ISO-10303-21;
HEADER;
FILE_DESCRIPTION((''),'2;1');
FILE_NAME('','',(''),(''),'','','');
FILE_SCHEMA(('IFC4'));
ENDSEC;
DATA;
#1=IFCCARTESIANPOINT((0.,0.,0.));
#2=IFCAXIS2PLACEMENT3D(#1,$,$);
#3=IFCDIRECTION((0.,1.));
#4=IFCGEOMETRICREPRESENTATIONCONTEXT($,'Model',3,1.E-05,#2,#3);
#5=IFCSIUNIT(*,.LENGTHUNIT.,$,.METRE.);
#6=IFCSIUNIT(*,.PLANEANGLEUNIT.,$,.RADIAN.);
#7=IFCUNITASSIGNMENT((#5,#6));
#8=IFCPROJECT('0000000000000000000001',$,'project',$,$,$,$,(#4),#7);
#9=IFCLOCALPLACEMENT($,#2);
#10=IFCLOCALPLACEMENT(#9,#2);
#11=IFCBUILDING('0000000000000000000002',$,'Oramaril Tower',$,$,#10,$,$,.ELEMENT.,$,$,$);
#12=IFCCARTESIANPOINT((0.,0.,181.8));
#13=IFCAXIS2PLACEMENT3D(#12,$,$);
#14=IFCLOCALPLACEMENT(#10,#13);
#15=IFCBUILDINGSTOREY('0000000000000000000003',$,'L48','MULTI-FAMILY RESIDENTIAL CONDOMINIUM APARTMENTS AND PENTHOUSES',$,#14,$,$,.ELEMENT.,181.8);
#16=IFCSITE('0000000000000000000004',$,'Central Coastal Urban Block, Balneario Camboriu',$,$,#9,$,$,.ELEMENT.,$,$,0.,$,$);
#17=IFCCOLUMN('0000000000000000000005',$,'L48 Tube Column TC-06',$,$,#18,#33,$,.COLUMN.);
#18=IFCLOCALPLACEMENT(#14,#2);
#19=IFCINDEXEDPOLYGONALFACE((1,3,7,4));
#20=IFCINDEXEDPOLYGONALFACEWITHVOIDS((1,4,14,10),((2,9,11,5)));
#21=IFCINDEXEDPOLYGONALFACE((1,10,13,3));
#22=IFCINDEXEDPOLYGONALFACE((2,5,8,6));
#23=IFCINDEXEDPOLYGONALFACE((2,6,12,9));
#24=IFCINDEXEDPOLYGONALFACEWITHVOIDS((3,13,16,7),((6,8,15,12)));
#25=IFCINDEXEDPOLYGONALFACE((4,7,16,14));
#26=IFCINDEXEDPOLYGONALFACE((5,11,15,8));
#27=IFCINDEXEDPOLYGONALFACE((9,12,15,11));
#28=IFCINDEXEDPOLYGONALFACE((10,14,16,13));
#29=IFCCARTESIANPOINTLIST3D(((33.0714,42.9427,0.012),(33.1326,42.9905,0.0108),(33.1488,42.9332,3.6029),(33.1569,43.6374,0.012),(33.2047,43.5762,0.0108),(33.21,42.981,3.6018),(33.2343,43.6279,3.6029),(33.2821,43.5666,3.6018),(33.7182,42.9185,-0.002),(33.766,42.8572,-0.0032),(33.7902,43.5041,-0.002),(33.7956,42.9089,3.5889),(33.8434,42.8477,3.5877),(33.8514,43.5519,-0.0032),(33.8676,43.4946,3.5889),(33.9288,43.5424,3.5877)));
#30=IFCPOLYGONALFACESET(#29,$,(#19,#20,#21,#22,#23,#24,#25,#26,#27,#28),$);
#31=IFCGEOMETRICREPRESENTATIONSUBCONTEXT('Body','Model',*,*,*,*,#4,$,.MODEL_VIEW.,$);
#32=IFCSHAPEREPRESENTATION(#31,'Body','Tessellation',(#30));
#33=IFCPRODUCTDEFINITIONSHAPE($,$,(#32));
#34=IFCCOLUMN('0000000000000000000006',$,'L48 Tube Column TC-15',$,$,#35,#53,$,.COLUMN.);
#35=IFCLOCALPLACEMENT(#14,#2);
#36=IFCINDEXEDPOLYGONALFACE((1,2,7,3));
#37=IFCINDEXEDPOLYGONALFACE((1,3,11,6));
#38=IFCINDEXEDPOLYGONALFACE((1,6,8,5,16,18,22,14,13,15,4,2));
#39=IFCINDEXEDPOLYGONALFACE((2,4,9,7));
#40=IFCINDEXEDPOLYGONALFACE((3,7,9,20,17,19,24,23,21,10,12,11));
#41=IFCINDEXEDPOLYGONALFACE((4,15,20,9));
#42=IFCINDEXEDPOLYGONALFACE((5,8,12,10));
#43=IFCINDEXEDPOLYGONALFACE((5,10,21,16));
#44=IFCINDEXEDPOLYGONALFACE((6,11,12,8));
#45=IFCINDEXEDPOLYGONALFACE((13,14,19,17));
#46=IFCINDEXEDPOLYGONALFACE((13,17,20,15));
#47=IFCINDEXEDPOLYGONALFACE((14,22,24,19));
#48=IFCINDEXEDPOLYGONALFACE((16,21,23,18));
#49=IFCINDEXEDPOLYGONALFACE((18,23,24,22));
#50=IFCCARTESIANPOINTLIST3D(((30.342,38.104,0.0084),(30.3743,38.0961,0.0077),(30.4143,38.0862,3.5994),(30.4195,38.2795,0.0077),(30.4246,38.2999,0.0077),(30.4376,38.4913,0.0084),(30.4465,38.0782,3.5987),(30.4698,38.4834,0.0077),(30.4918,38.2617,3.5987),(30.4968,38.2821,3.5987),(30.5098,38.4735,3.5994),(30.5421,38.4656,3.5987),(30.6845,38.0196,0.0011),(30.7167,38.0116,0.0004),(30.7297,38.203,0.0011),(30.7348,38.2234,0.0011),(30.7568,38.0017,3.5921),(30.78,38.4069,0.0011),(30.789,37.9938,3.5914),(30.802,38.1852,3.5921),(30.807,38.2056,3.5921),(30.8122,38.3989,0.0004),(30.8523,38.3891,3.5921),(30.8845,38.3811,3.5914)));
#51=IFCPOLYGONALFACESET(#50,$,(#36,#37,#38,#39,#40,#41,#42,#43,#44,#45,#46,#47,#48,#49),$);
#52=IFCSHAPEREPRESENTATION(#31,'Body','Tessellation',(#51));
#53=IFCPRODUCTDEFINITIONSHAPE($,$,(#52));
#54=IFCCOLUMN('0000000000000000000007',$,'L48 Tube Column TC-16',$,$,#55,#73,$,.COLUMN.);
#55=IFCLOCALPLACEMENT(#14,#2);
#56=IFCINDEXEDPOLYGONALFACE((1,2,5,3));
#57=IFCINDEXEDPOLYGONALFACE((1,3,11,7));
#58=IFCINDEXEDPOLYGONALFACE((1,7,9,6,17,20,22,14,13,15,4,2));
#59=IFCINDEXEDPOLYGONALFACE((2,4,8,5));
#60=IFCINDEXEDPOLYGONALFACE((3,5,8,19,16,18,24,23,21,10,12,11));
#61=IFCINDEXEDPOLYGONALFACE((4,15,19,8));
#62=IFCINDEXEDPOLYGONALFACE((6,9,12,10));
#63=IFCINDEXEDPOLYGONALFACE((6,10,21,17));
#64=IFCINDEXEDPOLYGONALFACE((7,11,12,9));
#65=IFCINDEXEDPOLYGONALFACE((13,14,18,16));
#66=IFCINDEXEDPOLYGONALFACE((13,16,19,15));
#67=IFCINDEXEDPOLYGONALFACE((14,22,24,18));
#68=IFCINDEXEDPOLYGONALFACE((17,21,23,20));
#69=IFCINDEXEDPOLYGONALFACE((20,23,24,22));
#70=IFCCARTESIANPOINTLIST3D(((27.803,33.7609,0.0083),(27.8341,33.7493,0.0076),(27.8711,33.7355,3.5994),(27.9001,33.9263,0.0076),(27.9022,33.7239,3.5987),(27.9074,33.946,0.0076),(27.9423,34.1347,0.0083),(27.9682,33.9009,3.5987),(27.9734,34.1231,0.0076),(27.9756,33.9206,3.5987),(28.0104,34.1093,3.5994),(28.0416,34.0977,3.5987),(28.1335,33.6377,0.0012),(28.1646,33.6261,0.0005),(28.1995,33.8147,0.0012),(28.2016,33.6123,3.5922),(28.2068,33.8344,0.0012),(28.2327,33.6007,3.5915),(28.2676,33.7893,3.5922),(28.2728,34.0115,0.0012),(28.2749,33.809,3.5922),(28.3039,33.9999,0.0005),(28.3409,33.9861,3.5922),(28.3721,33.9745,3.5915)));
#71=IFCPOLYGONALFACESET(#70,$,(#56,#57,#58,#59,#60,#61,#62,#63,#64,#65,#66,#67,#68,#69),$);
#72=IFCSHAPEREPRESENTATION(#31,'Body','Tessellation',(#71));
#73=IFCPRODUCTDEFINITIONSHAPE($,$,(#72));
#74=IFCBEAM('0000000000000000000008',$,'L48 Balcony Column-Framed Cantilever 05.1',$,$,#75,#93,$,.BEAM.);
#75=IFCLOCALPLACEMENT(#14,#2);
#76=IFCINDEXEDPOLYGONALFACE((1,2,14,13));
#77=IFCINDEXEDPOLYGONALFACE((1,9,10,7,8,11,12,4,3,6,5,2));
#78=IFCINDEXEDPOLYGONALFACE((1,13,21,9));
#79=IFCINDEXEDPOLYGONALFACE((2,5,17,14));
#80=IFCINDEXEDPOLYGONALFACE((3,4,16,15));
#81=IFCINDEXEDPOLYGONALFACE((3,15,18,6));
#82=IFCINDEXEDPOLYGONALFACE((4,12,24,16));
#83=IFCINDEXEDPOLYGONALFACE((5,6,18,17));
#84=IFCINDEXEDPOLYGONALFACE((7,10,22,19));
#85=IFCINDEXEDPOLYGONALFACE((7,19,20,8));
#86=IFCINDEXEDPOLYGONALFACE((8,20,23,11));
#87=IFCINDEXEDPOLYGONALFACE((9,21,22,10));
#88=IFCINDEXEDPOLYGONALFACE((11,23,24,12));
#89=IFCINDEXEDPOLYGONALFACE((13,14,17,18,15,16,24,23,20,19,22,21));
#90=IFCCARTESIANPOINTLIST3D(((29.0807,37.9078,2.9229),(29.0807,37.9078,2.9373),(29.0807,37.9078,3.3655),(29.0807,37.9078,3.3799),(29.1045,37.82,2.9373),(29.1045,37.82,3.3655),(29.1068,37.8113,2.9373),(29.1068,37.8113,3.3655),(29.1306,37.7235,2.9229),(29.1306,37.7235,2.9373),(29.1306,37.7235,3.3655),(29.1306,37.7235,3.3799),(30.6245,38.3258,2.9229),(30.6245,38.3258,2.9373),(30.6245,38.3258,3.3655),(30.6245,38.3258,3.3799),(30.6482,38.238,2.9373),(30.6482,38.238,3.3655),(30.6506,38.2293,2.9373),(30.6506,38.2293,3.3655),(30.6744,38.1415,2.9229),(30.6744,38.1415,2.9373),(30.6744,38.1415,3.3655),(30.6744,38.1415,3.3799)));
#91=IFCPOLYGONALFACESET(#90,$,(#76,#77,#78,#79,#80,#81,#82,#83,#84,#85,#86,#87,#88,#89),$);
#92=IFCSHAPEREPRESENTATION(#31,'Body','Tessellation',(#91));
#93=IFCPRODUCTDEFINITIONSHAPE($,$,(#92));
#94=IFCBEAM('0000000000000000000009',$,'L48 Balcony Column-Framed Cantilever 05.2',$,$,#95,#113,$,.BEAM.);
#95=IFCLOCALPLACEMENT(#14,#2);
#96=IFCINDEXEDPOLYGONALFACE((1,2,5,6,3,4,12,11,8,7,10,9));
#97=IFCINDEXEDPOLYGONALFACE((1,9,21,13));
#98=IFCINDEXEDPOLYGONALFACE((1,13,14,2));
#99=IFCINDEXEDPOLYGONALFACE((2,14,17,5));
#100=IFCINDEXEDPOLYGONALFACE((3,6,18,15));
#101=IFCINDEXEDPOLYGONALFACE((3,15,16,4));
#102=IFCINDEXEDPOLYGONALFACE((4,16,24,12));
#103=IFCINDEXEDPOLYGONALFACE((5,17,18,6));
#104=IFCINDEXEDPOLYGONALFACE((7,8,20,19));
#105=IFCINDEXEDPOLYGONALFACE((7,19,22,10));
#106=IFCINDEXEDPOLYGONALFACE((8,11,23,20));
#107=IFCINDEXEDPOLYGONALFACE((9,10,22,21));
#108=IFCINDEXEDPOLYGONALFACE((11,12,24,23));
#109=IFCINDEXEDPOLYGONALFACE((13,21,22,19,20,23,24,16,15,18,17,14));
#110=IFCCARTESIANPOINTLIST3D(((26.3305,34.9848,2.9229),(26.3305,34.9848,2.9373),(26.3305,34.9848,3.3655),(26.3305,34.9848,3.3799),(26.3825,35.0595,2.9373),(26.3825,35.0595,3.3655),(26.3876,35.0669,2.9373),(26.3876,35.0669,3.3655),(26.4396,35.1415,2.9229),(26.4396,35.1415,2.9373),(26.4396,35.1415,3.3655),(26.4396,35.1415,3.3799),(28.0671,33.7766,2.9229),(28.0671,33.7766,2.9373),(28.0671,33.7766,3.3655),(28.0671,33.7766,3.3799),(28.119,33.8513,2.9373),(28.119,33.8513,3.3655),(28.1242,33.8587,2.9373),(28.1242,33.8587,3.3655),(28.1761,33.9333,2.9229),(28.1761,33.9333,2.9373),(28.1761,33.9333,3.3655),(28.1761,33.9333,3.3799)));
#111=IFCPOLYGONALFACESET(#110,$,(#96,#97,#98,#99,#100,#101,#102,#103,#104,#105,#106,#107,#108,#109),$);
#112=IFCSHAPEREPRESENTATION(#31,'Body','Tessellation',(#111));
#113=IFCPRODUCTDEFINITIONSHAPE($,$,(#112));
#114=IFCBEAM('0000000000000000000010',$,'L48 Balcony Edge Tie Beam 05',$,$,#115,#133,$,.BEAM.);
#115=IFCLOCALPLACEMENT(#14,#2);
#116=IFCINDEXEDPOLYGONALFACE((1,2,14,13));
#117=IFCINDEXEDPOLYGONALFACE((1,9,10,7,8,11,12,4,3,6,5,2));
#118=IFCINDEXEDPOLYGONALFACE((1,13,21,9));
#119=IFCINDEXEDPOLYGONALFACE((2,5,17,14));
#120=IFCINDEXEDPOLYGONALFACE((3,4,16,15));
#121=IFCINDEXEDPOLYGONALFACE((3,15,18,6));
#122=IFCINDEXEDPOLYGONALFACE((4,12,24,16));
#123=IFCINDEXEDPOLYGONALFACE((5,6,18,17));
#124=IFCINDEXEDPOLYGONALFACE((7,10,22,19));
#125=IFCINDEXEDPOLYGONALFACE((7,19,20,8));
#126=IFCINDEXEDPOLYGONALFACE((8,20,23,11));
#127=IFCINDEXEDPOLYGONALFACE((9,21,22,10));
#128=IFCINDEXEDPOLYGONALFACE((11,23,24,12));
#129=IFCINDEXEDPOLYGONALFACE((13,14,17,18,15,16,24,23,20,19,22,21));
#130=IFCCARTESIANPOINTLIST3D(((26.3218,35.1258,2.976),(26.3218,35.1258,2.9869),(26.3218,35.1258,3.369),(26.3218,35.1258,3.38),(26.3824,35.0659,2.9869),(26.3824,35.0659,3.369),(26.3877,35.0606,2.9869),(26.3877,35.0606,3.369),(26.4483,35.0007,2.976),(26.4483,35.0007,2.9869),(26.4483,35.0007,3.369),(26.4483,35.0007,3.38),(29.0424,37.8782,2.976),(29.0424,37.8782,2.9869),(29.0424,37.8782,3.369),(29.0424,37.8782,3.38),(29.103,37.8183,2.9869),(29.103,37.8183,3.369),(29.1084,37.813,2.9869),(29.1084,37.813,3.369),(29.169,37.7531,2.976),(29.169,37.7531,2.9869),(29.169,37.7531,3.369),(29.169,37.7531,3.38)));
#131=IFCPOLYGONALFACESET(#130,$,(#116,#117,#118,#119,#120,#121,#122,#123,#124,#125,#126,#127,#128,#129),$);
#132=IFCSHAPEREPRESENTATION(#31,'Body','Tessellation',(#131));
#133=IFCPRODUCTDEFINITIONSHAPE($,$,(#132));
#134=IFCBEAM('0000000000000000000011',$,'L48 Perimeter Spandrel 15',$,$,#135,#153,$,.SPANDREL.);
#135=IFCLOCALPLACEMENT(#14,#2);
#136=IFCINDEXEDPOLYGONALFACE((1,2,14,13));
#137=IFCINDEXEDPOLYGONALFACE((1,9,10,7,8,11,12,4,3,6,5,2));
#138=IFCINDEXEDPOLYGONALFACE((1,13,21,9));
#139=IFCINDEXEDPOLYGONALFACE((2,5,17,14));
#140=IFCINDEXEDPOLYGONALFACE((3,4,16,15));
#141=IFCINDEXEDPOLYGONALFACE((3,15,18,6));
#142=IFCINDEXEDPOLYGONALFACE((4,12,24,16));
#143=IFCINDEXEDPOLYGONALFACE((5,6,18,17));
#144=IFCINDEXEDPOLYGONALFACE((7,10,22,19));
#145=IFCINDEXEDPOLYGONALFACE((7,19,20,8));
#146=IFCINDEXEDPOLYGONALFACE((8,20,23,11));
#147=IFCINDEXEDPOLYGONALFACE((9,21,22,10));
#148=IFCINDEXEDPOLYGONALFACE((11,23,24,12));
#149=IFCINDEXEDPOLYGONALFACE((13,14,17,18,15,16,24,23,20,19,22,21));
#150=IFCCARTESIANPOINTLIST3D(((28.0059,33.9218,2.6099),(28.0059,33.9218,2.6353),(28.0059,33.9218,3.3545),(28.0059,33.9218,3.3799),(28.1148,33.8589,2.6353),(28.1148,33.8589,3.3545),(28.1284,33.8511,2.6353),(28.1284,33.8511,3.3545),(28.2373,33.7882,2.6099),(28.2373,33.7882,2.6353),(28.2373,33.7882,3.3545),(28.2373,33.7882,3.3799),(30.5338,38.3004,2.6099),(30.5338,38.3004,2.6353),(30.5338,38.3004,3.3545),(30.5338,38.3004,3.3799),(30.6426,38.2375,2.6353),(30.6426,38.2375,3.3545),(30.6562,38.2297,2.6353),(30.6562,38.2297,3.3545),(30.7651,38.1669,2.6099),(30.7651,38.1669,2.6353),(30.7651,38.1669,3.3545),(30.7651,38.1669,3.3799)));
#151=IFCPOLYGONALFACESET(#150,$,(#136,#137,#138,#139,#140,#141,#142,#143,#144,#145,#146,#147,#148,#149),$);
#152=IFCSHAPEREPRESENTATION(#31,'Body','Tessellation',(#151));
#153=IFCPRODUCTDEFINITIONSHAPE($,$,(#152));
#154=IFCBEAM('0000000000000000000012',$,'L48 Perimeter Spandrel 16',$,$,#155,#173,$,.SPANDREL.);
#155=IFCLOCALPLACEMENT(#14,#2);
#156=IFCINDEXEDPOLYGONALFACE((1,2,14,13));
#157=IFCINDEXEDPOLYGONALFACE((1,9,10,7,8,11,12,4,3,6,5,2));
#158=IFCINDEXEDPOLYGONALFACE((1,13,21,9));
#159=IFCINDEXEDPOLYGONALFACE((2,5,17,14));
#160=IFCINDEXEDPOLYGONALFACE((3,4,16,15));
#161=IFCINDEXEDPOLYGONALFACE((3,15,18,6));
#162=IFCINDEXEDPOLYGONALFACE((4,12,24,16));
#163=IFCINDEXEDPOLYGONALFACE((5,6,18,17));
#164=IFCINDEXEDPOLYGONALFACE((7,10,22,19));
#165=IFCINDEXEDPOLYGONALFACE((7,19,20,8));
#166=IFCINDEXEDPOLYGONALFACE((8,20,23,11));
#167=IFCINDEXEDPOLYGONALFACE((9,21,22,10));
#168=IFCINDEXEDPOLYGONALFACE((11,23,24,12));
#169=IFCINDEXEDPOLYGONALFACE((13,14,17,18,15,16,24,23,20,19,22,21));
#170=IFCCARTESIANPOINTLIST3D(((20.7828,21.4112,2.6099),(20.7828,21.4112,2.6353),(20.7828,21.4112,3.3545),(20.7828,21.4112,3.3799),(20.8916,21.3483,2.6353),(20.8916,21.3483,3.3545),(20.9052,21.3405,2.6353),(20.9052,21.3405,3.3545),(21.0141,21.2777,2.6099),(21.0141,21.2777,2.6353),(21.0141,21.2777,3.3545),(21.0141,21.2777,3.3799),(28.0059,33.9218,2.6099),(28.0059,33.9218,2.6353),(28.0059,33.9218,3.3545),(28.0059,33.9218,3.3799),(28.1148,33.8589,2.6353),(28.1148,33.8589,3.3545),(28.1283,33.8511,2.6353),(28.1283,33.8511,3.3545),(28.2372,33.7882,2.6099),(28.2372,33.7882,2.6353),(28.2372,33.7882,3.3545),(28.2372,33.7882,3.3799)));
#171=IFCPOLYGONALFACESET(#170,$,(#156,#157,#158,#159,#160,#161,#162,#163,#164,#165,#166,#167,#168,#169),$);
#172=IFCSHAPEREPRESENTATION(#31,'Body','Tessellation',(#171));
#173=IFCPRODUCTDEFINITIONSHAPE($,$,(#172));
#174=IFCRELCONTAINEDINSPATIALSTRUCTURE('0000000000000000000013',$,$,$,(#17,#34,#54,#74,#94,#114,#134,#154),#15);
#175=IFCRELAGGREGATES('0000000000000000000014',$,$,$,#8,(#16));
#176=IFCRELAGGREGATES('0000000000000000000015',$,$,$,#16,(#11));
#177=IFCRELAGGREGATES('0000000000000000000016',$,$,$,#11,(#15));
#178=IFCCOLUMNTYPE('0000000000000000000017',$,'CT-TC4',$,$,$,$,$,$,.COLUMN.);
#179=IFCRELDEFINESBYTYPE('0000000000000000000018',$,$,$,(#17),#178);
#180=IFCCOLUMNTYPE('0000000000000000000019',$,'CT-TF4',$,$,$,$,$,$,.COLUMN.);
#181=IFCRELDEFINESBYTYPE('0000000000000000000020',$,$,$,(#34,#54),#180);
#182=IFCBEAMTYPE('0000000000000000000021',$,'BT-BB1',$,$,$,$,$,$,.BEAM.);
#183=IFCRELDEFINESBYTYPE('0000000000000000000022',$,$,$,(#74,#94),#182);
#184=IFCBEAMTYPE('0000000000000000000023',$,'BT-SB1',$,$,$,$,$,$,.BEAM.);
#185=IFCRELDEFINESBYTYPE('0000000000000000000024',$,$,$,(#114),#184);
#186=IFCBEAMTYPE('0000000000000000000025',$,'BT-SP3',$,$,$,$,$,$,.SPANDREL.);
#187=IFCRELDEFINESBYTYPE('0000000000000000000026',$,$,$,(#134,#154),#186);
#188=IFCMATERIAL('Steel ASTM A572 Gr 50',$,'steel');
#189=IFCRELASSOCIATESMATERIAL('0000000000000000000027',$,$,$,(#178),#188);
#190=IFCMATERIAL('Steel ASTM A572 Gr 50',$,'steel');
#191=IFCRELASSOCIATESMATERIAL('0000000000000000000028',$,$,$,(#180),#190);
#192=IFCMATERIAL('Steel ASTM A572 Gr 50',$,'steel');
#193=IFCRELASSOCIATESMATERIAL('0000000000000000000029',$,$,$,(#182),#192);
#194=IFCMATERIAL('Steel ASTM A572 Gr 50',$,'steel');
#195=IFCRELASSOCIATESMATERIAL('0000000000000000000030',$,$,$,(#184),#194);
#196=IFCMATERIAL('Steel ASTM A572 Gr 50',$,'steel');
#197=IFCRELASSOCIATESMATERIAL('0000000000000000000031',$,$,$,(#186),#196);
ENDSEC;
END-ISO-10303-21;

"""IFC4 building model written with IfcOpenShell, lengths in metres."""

from ifc_helpers import new_model, si_unit, direction, frame, origin, origin_2d, place, context, subcontext, project, spatial, hollow_rectangle, i_section, extrude, material, material_profile, profile_set, type_object, element, save


model = new_model("IFC4")

# Units and contexts
model_context = context("Model", 3, precision=1e-05, world=origin(), true_north=direction((0.0, 1.0)))
body_context = subcontext(model_context, "Body", "Model", "MODEL_VIEW")
ifc_project = project(units=[si_unit("LENGTHUNIT", "METRE"), si_unit("PLANEANGLEUNIT", "RADIAN")], contexts=[model_context])

# Site, building, storey
site_placement = place(None, origin())
site = spatial("IfcSite", under=ifc_project, at=site_placement, Name="Central Coastal Urban Block, Balneario Camboriu", CompositionType="ELEMENT", RefElevation=0.0)
building_placement = place(site_placement, origin())
building = spatial("IfcBuilding", under=site, at=building_placement, Name="Oramaril Tower", CompositionType="ELEMENT")
storey_placement = place(building_placement, frame((0.0, 0.0, 181.8)))
storey = spatial("IfcBuildingStorey", under=building, at=storey_placement, Name="L48", Description="MULTI-FAMILY RESIDENTIAL CONDOMINIUM APARTMENTS AND PENTHOUSES", CompositionType="ELEMENT", Elevation=181.8)

# Columns
ifc_material_1 = material(Name="Steel ASTM A572 Gr 50", Category="steel")
ifc_material_profile_1 = material_profile(ifc_material_1, hollow_rectangle(XDim=0.7, YDim=0.7, WallThickness=0.0549, at=origin_2d()), Name="BOX700X700X55")
ifc_profile_set_1 = profile_set([ifc_material_profile_1], Name="Steel ASTM A572 Gr 50")
column_type_1 = type_object("IfcColumnType", Name="CT-TC4", PredefinedType="COLUMN", material=ifc_profile_set_1)
column_placement = place(storey_placement, frame((33.4614, 43.2473, 0.0044), z_axis=(0.021546, -0.002651, 0.999764), x_axis=(0.122108, 0.992517, 0.0)))
element("IfcColumn", 1, at=column_placement, inside=storey, type_object=column_type_1, Name="L48 Tube Column TC-06", PredefinedType="COLUMN", context=body_context, shape_type="SweptSolid", body=[
    extrude(hollow_rectangle(XDim=0.7, YDim=0.7, WallThickness=0.0549, at=origin_2d()), origin(), (0.0, 0.0, 1.0), 3.5918),
])
ifc_material_2 = material(Name="Steel ASTM A572 Gr 50", Category="steel")
ifc_material_profile_2 = material_profile(ifc_material_2, i_section(OverallWidth=0.3989, OverallDepth=0.386, WebThickness=0.021, FlangeThickness=0.0332, at=origin_2d()), Name="W14X176")
ifc_profile_set_2 = profile_set([ifc_material_profile_2], Name="Steel ASTM A572 Gr 50")
column_type_2 = type_object("IfcColumnType", Name="CT-TF4", PredefinedType="COLUMN", material=ifc_profile_set_2)
for number, where, z_axis, x_axis, name in (
    (2, (30.5771, 38.2515, 0.0044), (0.020119, -0.004962, 0.999785), (0.239447, 0.970909, 0.0), "L48 Tube Column TC-15"),
    (3, (28.0535, 33.8804, 0.0044), (0.018964, -0.007069, 0.999795), (0.349282, 0.937017, 0.0), "L48 Tube Column TC-16"),
):
    element("IfcColumn", number, at=place(storey_placement, frame(where, z_axis=z_axis, x_axis=x_axis)), inside=storey, type_object=column_type_2, Name=name, PredefinedType="COLUMN", context=body_context, shape_type="SweptSolid", body=[
        extrude(i_section(OverallWidth=0.3989, OverallDepth=0.386, WebThickness=0.021, FlangeThickness=0.0332, at=origin_2d()), origin(), (0.0, 0.0, 1.0), 3.5918),
    ])

# Beams
ifc_material_3 = material(Name="Steel ASTM A572 Gr 50", Category="steel")
ifc_material_profile_3 = material_profile(ifc_material_3, i_section(OverallWidth=0.1909, OverallDepth=0.457, WebThickness=0.009, FlangeThickness=0.0144, at=origin_2d()), Name="W18X50")
ifc_profile_set_3 = profile_set([ifc_material_profile_3], Name="Steel ASTM A572 Gr 50")
beam_type_1 = type_object("IfcBeamType", Name="BT-BB1", PredefinedType="BEAM", material=ifc_profile_set_3)
beam_1_placement = place(storey_placement, frame((30.6494, 38.2336, 3.1514), z_axis=(-0.965245, -0.261347, 0.0), x_axis=(0.261347, -0.965245, 0.0)))
element("IfcBeam", 4, at=beam_1_placement, inside=storey, type_object=beam_type_1, Name="L48 Balcony Column-Framed Cantilever 05.1", PredefinedType="BEAM", context=body_context, shape_type="SweptSolid", body=[
    extrude(i_section(OverallWidth=0.1909, OverallDepth=0.457, WebThickness=0.009, FlangeThickness=0.0144, at=origin_2d()), origin(), (0.0, 0.0, 1.0), 1.5994),
])
beam_2_placement = place(storey_placement, frame((28.1216, 33.855, 3.1514), z_axis=(-0.820861, 0.571129, 0.0), x_axis=(-0.571129, -0.820861, 0.0)))
element("IfcBeam", 5, at=beam_2_placement, inside=storey, type_object=beam_type_1, Name="L48 Balcony Column-Framed Cantilever 05.2", PredefinedType="BEAM", context=body_context, shape_type="SweptSolid", body=[
    extrude(i_section(OverallWidth=0.1909, OverallDepth=0.457, WebThickness=0.009, FlangeThickness=0.0144, at=origin_2d()), origin(), (0.0, 0.0, 1.0), 2.1155),
])
ifc_material_4 = material(Name="Steel ASTM A572 Gr 50", Category="steel")
ifc_material_profile_4 = material_profile(ifc_material_4, i_section(OverallWidth=0.178, OverallDepth=0.4041, WebThickness=0.0076, FlangeThickness=0.011, at=origin_2d()), Name="W16X36")
ifc_profile_set_4 = profile_set([ifc_material_profile_4], Name="Steel ASTM A572 Gr 50")
beam_type_2 = type_object("IfcBeamType", Name="BT-SB1", PredefinedType="BEAM", material=ifc_profile_set_4)
beam_3_placement = place(storey_placement, frame((29.1057, 37.8157, 3.178), z_axis=(-0.702995, -0.711195, 0.0), x_axis=(0.711195, -0.702995, 0.0)))
element("IfcBeam", 6, at=beam_3_placement, inside=storey, type_object=beam_type_2, Name="L48 Balcony Edge Tie Beam 05", PredefinedType="BEAM", context=body_context, shape_type="SweptSolid", body=[
    extrude(i_section(OverallWidth=0.178, OverallDepth=0.4041, WebThickness=0.0076, FlangeThickness=0.011, at=origin_2d()), origin(), (0.0, 0.0, 1.0), 3.8701),
])
ifc_material_5 = material(Name="Steel ASTM A572 Gr 50", Category="steel")
ifc_material_profile_5 = material_profile(ifc_material_5, i_section(OverallWidth=0.2671, OverallDepth=0.77, WebThickness=0.0156, FlangeThickness=0.0254, at=origin_2d()), Name="W30X132")
ifc_profile_set_5 = profile_set([ifc_material_profile_5], Name="Steel ASTM A572 Gr 50")
beam_type_3 = type_object("IfcBeamType", Name="BT-SP3", PredefinedType="SPANDREL", material=ifc_profile_set_5)
beam_4_placement = place(storey_placement, frame((30.6494, 38.2336, 2.9949), z_axis=(-0.499972, -0.866042, 0.0), x_axis=(0.866042, -0.499972, 0.0)))
element("IfcBeam", 7, at=beam_4_placement, inside=storey, type_object=beam_type_3, Name="L48 Perimeter Spandrel 15", PredefinedType="SPANDREL", context=body_context, shape_type="SweptSolid", body=[
    extrude(i_section(OverallWidth=0.2671, OverallDepth=0.77, WebThickness=0.0156, FlangeThickness=0.0254, at=origin_2d()), origin(), (0.0, 0.0, 1.0), 5.0559),
])
beam_5_placement = place(storey_placement, frame((28.1216, 33.855, 2.9949), z_axis=(-0.500011, -0.866019, 0.0), x_axis=(0.866019, -0.500011, 0.0)))
element("IfcBeam", 8, at=beam_5_placement, inside=storey, type_object=beam_type_3, Name="L48 Perimeter Spandrel 16", PredefinedType="SPANDREL", context=body_context, shape_type="SweptSolid", body=[
    extrude(i_section(OverallWidth=0.2671, OverallDepth=0.77, WebThickness=0.0156, FlangeThickness=0.0254, at=origin_2d()), origin(), (0.0, 0.0, 1.0), 14.446),
])

save(model, "model.ifc")
